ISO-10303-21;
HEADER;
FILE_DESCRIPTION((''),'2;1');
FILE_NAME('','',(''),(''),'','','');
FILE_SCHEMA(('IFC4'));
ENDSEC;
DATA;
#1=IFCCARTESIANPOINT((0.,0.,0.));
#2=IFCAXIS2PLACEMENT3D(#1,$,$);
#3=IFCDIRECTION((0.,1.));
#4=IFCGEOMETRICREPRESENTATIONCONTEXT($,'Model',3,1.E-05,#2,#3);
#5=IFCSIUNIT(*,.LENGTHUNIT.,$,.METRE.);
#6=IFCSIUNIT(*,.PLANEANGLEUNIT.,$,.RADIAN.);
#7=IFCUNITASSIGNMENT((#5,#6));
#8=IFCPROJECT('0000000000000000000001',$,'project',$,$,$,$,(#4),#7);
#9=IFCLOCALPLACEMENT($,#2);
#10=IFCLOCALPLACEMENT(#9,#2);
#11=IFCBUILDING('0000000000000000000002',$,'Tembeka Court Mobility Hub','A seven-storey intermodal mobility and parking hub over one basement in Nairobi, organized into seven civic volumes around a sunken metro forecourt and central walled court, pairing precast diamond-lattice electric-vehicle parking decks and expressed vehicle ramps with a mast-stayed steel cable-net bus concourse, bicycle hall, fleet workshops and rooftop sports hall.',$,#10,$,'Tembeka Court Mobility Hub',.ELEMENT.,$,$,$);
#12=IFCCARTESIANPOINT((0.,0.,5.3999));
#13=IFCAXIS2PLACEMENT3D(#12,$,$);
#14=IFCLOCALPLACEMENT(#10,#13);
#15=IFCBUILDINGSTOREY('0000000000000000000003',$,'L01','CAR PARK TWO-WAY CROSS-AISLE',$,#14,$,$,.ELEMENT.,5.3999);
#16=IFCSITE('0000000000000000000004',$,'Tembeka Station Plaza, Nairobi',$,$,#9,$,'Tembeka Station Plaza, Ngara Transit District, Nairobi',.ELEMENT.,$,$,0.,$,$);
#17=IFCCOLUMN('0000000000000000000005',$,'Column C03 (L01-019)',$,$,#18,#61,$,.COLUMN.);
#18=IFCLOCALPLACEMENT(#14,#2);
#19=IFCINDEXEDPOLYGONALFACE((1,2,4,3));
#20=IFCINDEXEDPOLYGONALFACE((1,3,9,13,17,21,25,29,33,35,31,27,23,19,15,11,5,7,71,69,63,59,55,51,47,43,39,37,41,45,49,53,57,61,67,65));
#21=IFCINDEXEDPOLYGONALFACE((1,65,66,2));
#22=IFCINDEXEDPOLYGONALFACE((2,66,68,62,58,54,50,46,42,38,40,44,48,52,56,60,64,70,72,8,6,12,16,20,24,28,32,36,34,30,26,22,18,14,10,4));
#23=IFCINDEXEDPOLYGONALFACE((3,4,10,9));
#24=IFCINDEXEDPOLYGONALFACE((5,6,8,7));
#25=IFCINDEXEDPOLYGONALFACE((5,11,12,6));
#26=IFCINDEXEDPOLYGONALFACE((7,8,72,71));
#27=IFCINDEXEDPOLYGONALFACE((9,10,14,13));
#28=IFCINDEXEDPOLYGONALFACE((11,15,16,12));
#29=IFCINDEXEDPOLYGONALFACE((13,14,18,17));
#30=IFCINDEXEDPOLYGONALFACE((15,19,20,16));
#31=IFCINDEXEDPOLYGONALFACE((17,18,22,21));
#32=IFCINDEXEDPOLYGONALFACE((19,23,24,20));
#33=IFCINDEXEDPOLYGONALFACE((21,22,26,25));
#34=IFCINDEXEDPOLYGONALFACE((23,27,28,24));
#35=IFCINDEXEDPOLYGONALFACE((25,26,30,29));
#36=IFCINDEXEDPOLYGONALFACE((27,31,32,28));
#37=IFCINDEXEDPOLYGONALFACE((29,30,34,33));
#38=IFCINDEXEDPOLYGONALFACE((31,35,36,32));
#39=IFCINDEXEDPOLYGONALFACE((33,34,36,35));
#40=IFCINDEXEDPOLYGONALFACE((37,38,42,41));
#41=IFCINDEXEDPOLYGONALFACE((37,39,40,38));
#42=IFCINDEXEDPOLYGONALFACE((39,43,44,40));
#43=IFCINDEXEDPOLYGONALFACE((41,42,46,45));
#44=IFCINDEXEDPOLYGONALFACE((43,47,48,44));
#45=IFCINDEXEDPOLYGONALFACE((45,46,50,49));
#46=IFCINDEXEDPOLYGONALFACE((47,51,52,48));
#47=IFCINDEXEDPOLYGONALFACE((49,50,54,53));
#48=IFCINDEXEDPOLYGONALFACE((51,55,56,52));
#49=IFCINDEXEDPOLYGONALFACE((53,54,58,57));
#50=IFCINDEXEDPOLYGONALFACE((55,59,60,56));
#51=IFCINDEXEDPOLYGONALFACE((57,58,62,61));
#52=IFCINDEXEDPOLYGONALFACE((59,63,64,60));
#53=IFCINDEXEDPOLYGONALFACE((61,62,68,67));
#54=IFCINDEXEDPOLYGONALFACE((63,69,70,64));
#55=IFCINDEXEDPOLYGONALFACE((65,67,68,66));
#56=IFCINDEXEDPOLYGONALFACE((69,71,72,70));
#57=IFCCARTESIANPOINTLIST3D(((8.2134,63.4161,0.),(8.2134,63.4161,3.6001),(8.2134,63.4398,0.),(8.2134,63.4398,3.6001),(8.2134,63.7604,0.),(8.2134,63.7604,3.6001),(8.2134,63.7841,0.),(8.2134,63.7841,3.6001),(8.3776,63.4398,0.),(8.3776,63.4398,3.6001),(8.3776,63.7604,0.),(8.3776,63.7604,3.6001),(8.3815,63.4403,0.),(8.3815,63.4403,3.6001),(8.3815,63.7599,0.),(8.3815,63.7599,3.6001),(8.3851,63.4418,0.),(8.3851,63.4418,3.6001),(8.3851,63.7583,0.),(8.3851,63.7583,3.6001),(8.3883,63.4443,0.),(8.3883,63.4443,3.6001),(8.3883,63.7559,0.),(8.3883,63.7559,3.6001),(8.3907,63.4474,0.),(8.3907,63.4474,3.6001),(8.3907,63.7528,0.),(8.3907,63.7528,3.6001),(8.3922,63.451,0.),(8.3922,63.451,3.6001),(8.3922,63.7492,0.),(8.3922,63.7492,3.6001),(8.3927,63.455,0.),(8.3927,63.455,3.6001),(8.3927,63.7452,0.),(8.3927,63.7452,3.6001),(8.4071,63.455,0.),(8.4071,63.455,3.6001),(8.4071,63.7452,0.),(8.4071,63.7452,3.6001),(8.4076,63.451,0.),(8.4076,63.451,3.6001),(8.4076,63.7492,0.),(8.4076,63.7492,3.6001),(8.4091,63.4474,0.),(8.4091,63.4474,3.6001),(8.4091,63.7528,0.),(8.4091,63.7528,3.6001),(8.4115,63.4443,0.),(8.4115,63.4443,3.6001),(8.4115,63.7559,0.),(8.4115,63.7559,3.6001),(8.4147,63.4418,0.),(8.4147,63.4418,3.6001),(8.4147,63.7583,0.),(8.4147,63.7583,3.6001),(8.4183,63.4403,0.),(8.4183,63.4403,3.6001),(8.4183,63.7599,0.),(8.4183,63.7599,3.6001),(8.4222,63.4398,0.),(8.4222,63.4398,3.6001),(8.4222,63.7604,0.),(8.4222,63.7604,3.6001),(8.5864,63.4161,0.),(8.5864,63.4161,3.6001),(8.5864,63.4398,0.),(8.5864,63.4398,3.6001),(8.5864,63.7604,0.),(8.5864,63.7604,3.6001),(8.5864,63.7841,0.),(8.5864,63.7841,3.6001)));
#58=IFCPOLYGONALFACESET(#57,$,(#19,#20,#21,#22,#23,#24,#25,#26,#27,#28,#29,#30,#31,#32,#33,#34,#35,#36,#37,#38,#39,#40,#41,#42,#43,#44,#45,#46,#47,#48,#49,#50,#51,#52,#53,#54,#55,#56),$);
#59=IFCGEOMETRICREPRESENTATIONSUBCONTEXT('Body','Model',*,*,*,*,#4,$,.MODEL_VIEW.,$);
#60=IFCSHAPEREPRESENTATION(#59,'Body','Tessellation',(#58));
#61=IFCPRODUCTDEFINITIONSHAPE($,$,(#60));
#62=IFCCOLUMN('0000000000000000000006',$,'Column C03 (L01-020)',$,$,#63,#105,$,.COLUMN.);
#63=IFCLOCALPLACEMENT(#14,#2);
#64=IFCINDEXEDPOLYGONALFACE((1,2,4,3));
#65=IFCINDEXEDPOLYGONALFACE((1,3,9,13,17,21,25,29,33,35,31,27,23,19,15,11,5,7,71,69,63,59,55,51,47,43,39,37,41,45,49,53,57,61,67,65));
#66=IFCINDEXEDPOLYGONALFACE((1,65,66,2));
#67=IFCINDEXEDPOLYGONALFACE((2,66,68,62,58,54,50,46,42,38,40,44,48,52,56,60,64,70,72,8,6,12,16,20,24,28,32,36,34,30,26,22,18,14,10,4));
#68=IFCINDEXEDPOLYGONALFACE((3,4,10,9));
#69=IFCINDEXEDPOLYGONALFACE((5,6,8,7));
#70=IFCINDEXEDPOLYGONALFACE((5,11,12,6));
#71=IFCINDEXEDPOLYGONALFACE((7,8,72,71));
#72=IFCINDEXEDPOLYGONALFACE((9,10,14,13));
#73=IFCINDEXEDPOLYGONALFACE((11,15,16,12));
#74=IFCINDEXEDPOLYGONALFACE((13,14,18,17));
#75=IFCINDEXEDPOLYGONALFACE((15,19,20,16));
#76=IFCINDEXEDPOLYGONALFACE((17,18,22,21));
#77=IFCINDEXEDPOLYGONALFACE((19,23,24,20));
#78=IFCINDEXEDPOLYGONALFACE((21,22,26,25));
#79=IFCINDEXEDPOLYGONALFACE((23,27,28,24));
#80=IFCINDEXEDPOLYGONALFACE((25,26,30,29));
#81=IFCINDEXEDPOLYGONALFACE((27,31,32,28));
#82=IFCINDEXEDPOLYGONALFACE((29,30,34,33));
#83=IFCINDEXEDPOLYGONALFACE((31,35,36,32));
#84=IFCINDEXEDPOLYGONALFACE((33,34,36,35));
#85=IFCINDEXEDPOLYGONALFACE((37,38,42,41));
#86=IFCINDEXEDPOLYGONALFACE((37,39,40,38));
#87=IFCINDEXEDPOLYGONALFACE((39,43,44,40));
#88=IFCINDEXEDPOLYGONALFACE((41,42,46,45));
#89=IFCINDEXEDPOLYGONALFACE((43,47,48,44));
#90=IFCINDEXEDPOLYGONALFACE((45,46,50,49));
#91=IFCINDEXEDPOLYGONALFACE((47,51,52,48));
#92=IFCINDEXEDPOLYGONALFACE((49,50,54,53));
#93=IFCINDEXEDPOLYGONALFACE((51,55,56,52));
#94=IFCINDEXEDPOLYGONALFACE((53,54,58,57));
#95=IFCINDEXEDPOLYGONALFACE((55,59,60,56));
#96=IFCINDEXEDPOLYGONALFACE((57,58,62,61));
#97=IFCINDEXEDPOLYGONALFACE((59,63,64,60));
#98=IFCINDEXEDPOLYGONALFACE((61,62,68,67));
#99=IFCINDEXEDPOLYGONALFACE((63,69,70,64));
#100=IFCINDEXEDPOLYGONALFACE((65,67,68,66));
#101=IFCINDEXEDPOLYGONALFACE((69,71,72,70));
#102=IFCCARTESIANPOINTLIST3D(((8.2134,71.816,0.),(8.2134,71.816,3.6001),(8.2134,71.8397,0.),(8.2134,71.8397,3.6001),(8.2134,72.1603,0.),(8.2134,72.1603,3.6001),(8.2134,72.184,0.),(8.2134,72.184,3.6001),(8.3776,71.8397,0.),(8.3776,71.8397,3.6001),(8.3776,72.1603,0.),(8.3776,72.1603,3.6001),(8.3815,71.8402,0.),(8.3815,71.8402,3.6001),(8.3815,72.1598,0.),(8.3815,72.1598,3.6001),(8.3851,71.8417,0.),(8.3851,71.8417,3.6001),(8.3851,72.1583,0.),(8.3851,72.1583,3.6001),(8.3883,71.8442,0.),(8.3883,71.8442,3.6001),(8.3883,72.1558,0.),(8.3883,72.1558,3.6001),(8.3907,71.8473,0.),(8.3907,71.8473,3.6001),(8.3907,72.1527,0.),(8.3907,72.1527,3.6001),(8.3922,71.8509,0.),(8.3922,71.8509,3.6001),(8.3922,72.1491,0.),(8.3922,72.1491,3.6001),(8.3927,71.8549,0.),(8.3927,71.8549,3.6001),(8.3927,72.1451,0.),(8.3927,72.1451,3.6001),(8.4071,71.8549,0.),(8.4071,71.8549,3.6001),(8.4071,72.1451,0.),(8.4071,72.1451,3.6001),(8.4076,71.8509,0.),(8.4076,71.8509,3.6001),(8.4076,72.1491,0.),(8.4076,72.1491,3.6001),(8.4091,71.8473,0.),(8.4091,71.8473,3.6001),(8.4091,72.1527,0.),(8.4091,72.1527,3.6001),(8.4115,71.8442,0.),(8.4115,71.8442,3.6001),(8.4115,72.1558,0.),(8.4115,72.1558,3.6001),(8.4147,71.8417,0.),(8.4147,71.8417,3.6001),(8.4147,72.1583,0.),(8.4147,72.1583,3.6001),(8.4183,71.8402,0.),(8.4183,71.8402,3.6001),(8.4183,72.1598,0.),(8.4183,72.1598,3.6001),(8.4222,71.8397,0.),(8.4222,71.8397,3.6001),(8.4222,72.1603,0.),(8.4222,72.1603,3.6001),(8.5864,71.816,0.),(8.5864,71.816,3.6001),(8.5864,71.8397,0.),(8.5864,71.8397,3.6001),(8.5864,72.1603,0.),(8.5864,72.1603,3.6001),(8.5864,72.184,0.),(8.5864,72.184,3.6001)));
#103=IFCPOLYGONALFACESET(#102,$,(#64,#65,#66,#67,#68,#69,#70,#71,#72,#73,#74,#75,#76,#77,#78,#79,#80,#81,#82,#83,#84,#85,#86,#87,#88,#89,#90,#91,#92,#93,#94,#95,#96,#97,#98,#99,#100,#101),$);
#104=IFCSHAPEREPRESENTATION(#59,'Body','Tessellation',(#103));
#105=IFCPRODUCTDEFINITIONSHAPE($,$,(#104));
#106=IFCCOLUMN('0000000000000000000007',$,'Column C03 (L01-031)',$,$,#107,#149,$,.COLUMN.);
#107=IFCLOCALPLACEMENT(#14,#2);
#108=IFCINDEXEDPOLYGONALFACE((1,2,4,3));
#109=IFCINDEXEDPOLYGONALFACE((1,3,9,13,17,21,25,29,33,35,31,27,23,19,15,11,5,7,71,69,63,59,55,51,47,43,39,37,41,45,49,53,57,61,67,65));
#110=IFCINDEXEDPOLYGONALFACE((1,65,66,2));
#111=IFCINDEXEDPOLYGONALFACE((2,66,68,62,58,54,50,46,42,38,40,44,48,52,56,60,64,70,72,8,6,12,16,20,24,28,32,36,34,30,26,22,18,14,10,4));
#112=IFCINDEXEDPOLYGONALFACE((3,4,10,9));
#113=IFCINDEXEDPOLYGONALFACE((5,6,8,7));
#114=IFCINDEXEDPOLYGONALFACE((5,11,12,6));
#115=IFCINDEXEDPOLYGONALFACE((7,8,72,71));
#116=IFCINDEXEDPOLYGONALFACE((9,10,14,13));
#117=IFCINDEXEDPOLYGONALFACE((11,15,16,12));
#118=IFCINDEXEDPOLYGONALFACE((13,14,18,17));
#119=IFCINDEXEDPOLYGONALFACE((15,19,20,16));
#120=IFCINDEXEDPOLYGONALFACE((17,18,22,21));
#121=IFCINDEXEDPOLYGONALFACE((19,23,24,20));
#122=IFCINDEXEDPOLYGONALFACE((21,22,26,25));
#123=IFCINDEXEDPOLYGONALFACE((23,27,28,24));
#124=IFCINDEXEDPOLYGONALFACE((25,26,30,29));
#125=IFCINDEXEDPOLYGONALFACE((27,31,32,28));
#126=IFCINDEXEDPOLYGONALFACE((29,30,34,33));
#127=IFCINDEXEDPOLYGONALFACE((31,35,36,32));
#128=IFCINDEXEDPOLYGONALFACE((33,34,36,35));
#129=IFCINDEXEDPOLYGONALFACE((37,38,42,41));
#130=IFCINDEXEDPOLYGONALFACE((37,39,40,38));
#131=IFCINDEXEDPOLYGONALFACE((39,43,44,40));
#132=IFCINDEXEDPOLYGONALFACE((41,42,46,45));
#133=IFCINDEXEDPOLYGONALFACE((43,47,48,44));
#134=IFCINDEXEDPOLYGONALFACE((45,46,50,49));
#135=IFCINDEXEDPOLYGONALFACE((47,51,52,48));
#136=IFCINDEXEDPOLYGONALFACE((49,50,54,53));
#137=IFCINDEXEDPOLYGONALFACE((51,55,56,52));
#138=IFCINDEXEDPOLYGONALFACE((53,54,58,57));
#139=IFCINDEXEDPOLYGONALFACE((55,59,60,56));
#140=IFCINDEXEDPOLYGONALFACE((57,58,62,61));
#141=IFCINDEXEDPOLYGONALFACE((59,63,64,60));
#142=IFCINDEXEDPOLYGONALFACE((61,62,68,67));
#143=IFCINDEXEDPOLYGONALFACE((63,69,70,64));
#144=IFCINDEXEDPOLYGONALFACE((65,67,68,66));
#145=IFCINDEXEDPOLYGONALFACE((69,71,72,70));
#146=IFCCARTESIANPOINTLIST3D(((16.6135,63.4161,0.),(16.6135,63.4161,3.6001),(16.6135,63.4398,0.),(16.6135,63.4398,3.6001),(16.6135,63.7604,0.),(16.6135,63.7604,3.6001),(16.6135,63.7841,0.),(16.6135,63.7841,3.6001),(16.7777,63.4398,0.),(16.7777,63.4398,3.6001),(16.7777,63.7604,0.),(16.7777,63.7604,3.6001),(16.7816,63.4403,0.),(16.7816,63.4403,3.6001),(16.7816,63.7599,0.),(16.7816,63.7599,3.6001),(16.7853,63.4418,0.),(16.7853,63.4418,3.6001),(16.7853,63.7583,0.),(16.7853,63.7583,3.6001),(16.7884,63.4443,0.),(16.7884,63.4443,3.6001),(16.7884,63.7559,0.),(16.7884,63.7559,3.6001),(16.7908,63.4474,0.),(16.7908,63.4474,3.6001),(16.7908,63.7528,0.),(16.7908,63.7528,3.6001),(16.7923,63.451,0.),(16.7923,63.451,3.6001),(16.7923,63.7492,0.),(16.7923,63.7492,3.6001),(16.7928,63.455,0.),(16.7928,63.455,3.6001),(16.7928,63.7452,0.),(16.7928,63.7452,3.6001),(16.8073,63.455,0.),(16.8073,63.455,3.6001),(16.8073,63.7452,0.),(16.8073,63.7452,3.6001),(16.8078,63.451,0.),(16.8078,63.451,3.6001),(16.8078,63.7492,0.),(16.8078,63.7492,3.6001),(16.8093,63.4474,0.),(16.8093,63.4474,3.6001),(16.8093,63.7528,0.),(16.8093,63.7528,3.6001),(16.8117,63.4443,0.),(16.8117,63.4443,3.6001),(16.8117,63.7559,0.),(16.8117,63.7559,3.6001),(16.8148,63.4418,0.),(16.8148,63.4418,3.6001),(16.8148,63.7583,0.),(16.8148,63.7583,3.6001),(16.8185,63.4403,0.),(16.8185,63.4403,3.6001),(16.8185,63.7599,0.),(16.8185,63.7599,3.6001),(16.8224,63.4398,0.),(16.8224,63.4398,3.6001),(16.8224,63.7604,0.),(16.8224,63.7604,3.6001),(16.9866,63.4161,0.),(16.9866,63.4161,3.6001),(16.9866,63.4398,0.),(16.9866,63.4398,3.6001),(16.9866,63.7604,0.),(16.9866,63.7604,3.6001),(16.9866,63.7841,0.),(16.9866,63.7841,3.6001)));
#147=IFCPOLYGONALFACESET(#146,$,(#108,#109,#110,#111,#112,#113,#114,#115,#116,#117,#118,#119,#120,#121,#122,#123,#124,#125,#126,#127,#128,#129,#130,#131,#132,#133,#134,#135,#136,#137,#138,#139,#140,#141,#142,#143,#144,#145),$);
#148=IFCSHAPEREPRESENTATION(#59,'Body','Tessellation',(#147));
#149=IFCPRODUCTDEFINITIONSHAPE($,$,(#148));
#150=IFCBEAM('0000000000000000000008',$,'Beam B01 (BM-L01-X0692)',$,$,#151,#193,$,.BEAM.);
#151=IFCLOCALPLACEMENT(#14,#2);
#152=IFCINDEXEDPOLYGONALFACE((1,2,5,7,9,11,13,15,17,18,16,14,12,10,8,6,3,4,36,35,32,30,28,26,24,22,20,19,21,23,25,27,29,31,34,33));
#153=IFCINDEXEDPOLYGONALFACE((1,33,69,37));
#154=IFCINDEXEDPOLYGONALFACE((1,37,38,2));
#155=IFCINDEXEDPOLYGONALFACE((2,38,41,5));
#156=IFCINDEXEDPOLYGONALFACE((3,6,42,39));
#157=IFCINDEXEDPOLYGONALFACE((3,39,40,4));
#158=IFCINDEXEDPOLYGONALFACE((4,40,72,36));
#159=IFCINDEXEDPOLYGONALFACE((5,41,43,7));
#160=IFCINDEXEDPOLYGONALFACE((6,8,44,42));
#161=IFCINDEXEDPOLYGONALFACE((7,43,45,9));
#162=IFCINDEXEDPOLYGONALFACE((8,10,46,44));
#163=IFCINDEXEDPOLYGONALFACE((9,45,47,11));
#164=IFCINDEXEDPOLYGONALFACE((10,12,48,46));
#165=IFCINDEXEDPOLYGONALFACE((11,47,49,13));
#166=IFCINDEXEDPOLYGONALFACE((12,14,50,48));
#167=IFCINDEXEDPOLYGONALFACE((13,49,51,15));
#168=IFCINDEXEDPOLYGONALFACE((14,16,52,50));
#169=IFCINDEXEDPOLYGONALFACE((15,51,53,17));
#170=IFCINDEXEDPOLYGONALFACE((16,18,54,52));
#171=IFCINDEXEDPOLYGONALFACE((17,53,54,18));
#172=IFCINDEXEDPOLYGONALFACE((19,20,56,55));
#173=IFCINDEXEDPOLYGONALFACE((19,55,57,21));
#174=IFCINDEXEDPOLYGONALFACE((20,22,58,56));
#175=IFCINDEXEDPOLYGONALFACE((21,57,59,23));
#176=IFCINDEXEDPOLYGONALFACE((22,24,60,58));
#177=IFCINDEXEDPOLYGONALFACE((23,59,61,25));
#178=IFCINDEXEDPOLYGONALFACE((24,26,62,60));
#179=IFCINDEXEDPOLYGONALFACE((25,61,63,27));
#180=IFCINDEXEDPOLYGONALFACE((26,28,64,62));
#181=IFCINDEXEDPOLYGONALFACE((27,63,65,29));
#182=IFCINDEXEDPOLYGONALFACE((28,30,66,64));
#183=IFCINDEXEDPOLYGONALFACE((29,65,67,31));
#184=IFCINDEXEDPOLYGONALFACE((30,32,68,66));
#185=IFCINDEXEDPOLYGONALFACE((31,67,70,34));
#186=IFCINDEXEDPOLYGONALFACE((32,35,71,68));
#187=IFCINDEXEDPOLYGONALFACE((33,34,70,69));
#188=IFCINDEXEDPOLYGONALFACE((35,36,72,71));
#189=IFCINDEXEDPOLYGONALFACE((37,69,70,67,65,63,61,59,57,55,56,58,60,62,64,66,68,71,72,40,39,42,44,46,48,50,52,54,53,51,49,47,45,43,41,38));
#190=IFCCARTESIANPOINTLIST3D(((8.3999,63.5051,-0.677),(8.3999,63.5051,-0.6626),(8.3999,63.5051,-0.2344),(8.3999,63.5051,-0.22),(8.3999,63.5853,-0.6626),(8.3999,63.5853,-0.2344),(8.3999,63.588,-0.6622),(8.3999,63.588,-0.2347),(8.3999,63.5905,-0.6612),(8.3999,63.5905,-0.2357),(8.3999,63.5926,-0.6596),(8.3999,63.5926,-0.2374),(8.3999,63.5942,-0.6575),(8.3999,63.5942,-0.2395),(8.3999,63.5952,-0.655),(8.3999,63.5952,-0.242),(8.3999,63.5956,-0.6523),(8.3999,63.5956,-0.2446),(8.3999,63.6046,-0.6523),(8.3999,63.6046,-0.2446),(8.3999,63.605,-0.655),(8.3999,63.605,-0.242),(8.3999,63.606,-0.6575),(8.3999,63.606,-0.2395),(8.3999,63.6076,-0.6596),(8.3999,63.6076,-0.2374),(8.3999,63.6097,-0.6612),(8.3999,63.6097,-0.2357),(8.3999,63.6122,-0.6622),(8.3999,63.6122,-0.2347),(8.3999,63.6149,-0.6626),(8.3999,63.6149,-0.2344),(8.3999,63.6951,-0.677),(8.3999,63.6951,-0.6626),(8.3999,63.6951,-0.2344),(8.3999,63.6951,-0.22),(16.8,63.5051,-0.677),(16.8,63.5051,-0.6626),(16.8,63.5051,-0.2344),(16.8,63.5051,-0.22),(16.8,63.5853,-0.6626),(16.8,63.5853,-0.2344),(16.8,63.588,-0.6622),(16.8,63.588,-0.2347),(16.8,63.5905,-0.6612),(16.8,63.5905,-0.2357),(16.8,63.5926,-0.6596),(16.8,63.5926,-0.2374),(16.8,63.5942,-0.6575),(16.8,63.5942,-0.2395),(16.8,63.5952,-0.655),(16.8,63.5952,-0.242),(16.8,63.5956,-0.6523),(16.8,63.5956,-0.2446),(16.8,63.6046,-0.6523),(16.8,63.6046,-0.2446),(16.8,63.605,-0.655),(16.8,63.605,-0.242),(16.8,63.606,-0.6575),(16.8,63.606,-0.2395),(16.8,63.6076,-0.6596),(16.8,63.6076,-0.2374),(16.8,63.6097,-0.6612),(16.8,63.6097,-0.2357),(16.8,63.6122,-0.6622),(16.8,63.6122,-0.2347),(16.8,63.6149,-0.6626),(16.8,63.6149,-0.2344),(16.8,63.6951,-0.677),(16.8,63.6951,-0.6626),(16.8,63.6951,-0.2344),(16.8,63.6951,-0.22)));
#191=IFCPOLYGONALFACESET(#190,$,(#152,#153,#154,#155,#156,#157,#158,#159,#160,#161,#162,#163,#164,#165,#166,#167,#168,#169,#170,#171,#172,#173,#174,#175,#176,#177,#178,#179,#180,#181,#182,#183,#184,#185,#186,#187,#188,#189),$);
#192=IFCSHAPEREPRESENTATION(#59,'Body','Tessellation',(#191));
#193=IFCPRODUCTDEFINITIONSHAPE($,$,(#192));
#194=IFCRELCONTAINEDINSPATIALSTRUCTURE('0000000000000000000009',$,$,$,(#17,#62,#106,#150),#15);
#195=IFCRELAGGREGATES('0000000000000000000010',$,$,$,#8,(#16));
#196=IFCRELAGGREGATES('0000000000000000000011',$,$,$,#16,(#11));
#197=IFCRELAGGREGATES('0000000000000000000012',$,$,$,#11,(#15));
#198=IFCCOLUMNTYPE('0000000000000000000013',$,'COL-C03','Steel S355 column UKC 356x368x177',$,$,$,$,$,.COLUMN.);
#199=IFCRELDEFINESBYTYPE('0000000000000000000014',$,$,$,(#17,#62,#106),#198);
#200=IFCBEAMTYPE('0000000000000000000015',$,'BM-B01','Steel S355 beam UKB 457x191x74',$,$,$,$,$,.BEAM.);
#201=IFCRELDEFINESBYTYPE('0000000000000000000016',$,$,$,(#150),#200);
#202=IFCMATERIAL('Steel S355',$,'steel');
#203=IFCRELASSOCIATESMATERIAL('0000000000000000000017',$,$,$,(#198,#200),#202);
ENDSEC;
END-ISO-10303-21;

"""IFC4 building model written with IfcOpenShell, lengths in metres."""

from ifc_helpers import new_model, si_unit, direction, frame, origin, origin_2d, place, context, subcontext, project, spatial, i_section, extrude, material, material_profile, profile_set, type_object, element, save


model = new_model("IFC4")

# Units and contexts
model_context = context("Model", 3, precision=1e-05, world=origin(), true_north=direction((0.0, 1.0)))
body_context = subcontext(model_context, "Body", "Model", "MODEL_VIEW")
ifc_project = project(units=[si_unit("LENGTHUNIT", "METRE"), si_unit("PLANEANGLEUNIT", "RADIAN")], contexts=[model_context])

# Site, building, storey
site_placement = place(None, origin())
site = spatial("IfcSite", under=ifc_project, at=site_placement, Name="Tembeka Station Plaza, Nairobi", LongName="Tembeka Station Plaza, Ngara Transit District, Nairobi", CompositionType="ELEMENT", RefElevation=0.0)
building_placement = place(site_placement, origin())
building = spatial("IfcBuilding", under=site, at=building_placement, Name="Tembeka Court Mobility Hub", Description="A seven-storey intermodal mobility and parking hub over one basement in Nairobi, organized into seven civic volumes around a sunken metro forecourt and central walled court, pairing precast diamond-lattice electric-vehicle parking decks and expressed vehicle ramps with a mast-stayed steel cable-net bus concourse, bicycle hall, fleet workshops and rooftop sports hall.", LongName="Tembeka Court Mobility Hub", CompositionType="ELEMENT")
storey_placement = place(building_placement, frame((0.0, 0.0, 5.3999)))
storey = spatial("IfcBuildingStorey", under=building, at=storey_placement, Name="L01", Description="CAR PARK TWO-WAY CROSS-AISLE", CompositionType="ELEMENT", Elevation=5.3999)

# Columns
ifc_material_1 = material(Name="Steel S355", Category="steel")
ifc_material_profile_1 = material_profile(ifc_material_1, i_section(OverallWidth=0.373, OverallDepth=0.3679, WebThickness=0.0144, FlangeThickness=0.0237, FilletRadius=0.0151, at=origin_2d()), Name="UKC 356x368x177")
ifc_profile_set_1 = profile_set([ifc_material_profile_1], Name="Steel S355")
column_type = type_object("IfcColumnType", Name="COL-C03", Description="Steel S355 column UKC 356x368x177", PredefinedType="COLUMN", material=ifc_profile_set_1)
for number, where, z_axis, x_axis, name in (
    (1, (8.3999, 63.6001, 0.0), (0.0, 0.0, 1.0), (1.0, 0.0, 0.0), "Column C03 (L01-019)"),
    (2, (8.3999, 72.0, 0.0), (0.0, 0.0, 1.0), (1.0, 0.0, 0.0), "Column C03 (L01-020)"),
    (3, (16.8, 63.6001, 0.0), (0.0, 0.0, 1.0), (1.0, 0.0, 0.0), "Column C03 (L01-031)"),
):
    element("IfcColumn", number, at=place(storey_placement, frame(where, z_axis=z_axis, x_axis=x_axis)), inside=storey, type_object=column_type, Name=name, PredefinedType="COLUMN", context=body_context, shape_type="SweptSolid", body=[
        extrude(i_section(OverallWidth=0.373, OverallDepth=0.3679, WebThickness=0.0144, FlangeThickness=0.0237, FilletRadius=0.0151, at=origin_2d()), origin(), (0.0, 0.0, 1.0), 3.6001),
    ])

# Beam
ifc_material_profile_2 = material_profile(ifc_material_1, i_section(OverallWidth=0.1899, OverallDepth=0.457, WebThickness=0.009, FlangeThickness=0.0144, FilletRadius=0.0103, at=origin_2d()), Name="UKB 457x191x74")
ifc_profile_set_2 = profile_set([ifc_material_profile_2], Name="Steel S355")
beam_type_1 = type_object("IfcBeamType", Name="BM-B01", Description="Steel S355 beam UKB 457x191x74", PredefinedType="BEAM", material=ifc_profile_set_2)
beam_1_placement = place(storey_placement, frame((8.3999, 63.6001, -0.4485), z_axis=(1.0, 0.0, 0.0), x_axis=(0.0, 1.0, 0.0)))
element("IfcBeam", 4, at=beam_1_placement, inside=storey, type_object=beam_type_1, Name="Beam B01 (BM-L01-X0692)", PredefinedType="BEAM", context=body_context, shape_type="SweptSolid", body=[
    extrude(i_section(OverallWidth=0.1899, OverallDepth=0.457, WebThickness=0.009, FlangeThickness=0.0144, FilletRadius=0.0103, at=origin_2d()), origin(), (0.0, 0.0, 1.0), 8.4001),
])

save(model, "model.ifc")
